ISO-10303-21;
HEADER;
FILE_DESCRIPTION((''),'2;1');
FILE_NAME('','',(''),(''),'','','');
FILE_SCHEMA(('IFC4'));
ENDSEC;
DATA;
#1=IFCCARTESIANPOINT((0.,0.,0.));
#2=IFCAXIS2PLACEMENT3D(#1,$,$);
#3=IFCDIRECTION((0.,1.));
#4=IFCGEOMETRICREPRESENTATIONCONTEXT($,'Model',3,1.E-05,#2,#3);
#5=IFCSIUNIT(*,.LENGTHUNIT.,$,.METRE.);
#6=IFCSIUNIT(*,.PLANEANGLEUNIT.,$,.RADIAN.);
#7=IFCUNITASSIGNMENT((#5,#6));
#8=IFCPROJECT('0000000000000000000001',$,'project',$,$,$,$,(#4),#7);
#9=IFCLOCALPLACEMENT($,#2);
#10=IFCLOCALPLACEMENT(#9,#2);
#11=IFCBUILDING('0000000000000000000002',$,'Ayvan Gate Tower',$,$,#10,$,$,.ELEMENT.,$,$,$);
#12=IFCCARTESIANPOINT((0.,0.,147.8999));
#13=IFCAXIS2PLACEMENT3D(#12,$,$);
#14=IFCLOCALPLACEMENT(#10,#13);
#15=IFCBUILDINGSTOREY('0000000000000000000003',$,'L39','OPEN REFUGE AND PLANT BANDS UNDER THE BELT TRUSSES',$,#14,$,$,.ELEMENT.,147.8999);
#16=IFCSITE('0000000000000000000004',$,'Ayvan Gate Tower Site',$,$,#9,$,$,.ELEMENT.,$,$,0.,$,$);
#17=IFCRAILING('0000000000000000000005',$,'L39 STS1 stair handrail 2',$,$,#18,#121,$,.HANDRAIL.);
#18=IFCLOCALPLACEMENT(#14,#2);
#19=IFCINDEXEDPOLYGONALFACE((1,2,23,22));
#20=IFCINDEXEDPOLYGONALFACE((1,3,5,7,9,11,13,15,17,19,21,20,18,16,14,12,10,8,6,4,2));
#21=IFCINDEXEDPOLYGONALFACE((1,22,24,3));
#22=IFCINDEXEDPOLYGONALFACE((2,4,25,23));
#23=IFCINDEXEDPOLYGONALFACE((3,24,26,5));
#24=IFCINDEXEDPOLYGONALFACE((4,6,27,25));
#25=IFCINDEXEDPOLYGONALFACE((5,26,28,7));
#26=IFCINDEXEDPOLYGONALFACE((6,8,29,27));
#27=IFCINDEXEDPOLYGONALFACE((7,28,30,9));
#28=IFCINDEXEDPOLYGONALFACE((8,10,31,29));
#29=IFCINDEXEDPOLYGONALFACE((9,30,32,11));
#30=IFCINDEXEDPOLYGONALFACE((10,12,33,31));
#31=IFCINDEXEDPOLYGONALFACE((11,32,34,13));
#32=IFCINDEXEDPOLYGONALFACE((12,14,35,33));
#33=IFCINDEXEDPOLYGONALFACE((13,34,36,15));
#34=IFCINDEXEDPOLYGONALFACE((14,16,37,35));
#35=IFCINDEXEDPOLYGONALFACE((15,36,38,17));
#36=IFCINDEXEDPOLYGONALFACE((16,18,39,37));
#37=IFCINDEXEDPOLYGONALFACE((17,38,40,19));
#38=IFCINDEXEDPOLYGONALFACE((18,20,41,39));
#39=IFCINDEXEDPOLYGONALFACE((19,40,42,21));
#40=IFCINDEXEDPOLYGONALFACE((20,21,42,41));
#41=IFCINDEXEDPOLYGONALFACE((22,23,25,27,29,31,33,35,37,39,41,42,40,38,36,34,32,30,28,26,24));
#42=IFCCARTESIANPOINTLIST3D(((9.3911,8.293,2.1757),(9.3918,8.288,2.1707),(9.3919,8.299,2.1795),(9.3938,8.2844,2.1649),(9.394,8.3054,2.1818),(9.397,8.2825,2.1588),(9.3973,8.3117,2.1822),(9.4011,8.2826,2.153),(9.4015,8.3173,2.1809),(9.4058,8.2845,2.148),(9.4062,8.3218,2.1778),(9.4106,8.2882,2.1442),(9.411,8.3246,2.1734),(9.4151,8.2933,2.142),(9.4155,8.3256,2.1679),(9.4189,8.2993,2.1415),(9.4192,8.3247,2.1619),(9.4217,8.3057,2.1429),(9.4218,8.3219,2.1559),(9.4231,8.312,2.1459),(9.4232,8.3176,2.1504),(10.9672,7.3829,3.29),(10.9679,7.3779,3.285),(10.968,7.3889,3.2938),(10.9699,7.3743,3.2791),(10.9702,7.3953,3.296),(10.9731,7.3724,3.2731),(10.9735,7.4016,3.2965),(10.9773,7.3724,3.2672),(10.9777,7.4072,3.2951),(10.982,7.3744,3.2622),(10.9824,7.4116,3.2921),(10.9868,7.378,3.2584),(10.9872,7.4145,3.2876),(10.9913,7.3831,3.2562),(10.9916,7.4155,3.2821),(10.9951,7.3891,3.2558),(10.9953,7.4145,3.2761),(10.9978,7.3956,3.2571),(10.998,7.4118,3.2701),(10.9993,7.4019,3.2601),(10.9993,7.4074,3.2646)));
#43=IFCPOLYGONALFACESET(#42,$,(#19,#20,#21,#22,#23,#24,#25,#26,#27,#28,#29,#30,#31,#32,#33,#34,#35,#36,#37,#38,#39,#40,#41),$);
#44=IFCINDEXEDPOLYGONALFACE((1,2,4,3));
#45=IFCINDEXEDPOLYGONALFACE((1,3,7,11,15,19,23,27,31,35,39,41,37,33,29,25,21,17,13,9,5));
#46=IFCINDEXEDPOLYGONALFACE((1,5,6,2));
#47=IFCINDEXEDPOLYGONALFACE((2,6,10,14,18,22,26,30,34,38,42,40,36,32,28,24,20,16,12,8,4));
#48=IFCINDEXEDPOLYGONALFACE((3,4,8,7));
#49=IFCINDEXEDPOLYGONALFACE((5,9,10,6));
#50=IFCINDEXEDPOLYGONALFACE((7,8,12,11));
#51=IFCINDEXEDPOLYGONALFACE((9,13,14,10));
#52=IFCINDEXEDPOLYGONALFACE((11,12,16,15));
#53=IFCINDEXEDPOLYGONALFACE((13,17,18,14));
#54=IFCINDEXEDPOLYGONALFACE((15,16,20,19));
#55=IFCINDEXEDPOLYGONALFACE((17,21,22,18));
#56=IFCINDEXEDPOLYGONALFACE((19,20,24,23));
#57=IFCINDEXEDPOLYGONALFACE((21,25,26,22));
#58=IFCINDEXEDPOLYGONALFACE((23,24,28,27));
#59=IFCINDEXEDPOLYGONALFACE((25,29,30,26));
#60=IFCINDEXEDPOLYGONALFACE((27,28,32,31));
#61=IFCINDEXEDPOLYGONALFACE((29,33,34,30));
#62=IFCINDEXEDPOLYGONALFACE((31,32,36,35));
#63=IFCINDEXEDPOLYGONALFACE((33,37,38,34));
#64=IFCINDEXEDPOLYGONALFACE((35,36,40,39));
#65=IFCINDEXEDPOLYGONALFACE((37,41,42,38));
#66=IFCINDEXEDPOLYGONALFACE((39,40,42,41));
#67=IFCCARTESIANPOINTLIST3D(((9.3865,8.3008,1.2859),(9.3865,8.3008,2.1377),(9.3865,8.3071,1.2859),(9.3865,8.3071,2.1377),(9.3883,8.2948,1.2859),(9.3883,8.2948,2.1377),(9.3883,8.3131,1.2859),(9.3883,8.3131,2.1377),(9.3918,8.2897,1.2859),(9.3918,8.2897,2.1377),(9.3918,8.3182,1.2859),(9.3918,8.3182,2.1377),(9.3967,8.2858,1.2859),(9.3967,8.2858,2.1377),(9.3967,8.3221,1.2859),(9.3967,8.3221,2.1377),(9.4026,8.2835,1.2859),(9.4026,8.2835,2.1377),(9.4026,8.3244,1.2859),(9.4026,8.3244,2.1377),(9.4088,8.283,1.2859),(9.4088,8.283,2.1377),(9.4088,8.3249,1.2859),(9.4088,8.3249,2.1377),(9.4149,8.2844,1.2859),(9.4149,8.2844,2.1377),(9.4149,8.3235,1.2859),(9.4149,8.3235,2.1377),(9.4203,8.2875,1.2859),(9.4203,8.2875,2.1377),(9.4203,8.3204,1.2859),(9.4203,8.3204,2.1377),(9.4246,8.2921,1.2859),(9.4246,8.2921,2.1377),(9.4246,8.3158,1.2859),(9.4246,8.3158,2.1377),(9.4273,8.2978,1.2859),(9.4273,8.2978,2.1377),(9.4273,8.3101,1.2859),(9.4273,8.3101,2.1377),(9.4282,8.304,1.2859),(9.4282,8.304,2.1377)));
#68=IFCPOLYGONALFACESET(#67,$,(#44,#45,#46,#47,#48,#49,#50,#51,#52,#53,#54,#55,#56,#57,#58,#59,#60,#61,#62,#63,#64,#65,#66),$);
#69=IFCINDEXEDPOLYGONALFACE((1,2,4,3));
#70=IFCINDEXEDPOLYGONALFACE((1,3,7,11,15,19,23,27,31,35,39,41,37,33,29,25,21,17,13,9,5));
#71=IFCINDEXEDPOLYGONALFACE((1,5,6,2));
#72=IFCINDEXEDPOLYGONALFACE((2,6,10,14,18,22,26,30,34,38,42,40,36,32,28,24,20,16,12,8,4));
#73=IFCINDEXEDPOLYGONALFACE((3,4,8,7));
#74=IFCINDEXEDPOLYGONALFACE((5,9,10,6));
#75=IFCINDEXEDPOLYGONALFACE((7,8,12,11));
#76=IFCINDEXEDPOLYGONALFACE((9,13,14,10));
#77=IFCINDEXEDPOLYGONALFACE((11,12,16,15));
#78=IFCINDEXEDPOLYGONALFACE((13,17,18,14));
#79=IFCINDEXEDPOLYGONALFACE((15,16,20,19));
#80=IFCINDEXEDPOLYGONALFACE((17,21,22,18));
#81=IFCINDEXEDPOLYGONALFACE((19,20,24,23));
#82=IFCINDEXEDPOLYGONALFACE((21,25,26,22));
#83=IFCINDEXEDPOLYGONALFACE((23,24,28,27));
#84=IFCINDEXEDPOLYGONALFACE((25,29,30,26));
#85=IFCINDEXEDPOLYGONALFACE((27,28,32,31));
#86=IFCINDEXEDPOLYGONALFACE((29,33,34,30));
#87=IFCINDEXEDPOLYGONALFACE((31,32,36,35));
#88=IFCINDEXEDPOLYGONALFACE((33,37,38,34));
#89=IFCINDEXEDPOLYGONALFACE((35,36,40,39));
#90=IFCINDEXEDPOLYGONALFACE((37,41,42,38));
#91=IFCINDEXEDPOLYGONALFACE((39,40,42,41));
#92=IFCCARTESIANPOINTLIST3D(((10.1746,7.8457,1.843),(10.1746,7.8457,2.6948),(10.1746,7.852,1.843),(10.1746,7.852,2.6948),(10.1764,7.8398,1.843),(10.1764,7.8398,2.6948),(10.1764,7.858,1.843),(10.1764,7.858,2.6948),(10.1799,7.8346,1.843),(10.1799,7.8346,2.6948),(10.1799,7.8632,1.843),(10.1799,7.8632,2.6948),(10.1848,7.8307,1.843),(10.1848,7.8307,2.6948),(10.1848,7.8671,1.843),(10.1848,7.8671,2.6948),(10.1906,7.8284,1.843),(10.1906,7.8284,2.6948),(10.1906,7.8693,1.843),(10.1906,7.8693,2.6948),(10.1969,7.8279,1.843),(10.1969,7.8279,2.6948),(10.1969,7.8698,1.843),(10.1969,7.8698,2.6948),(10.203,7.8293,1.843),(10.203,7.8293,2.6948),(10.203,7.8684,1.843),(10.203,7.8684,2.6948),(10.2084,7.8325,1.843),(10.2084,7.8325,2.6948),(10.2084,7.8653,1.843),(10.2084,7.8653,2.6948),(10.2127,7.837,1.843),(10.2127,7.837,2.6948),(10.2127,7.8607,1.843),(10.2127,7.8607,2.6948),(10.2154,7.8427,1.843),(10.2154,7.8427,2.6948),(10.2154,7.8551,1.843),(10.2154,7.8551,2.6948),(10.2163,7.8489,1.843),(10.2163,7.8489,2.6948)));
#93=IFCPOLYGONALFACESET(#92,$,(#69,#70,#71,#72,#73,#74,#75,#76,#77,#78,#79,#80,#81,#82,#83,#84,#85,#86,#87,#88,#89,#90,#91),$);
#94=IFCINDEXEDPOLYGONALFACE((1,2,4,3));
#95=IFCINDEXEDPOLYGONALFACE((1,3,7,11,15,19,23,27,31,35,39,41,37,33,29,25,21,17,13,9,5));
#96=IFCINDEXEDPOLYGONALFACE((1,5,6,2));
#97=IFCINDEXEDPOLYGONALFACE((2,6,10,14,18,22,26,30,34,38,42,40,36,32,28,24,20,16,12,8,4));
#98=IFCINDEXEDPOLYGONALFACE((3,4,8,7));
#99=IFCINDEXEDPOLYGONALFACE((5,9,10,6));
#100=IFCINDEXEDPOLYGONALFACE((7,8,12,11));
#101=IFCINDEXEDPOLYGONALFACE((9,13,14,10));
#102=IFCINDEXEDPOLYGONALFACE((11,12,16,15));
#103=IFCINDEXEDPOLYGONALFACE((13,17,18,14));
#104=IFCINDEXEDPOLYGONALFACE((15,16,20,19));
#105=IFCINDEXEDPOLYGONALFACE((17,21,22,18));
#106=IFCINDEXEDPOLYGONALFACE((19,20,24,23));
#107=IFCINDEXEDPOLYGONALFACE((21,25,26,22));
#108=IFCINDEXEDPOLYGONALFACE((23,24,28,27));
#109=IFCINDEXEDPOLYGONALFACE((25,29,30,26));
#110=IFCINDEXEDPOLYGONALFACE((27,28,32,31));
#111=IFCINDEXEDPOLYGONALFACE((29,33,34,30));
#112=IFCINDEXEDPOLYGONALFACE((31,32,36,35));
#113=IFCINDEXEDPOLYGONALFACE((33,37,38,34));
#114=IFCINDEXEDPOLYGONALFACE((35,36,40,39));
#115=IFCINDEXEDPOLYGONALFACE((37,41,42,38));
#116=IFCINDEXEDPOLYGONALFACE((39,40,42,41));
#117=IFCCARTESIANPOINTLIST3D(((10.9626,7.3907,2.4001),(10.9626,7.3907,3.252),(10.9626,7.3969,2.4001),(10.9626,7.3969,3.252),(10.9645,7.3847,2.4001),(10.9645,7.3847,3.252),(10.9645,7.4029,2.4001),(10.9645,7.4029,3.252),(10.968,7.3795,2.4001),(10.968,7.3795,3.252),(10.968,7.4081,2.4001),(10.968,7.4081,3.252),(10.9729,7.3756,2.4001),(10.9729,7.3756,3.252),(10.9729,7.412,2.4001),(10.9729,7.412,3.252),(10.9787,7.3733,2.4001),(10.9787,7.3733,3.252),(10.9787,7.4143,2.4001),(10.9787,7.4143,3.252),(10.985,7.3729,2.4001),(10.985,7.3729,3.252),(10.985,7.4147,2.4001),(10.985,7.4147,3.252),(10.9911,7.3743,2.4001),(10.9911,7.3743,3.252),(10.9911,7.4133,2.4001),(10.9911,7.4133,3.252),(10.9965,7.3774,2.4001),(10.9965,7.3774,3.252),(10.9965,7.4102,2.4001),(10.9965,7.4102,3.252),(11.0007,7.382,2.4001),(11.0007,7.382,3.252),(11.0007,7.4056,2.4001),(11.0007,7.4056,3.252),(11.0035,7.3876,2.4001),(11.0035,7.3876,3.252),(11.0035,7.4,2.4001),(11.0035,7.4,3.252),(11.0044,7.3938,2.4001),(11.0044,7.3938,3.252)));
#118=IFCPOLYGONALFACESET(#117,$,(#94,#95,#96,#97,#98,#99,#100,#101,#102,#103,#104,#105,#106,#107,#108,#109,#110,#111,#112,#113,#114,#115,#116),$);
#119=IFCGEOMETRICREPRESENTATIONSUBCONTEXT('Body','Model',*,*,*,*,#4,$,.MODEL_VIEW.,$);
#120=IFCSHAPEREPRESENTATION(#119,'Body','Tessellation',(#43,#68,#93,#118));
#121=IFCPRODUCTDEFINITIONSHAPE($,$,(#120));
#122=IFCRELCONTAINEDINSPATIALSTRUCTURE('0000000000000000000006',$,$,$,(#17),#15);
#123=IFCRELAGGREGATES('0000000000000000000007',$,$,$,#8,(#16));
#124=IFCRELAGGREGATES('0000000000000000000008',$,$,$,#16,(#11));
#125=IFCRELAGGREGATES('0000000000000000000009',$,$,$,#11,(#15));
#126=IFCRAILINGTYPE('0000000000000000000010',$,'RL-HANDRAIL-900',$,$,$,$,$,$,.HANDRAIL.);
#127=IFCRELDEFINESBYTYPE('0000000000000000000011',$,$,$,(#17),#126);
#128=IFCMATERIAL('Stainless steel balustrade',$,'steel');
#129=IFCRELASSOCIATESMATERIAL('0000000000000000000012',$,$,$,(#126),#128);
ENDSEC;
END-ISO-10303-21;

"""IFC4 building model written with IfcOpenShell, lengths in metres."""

from ifc_helpers import new_model, si_unit, direction, frame, origin, origin_2d, place, context, subcontext, project, spatial, circle, extrude, material, type_object, element, save


model = new_model("IFC4")

# Units and contexts
model_context = context("Model", 3, precision=1e-05, world=origin(), true_north=direction((0.0, 1.0)))
body_context = subcontext(model_context, "Body", "Model", "MODEL_VIEW")
ifc_project = project(units=[si_unit("LENGTHUNIT", "METRE"), si_unit("PLANEANGLEUNIT", "RADIAN")], contexts=[model_context])

# Site, building, storey
site_placement = place(None, origin())
site = spatial("IfcSite", under=ifc_project, at=site_placement, Name="Ayvan Gate Tower Site", CompositionType="ELEMENT", RefElevation=0.0)
building_placement = place(site_placement, origin())
building = spatial("IfcBuilding", under=site, at=building_placement, Name="Ayvan Gate Tower", CompositionType="ELEMENT")
storey_placement = place(building_placement, frame((0.0, 0.0, 147.8999)))
storey = spatial("IfcBuildingStorey", under=building, at=storey_placement, Name="L39", Description="OPEN REFUGE AND PLANT BANDS UNDER THE BELT TRUSSES", CompositionType="ELEMENT", Elevation=147.8999)

# Railing
ifc_material_1 = material(Name="Stainless steel balustrade", Category="steel")
railing_type_1 = type_object("IfcRailingType", Name="RL-HANDRAIL-900", PredefinedType="HANDRAIL", material=ifc_material_1)
railing_1_placement = place(storey_placement, frame((9.4072, 8.304, 1.2859)))
element("IfcRailing", 1, at=railing_1_placement, inside=storey, type_object=railing_type_1, Name="L39 STS1 stair handrail 2", PredefinedType="HANDRAIL", context=body_context, shape_type="SweptSolid", body=[
    extrude(circle(Radius=0.0239, at=origin_2d()), frame((0.0, 0.0, 0.876), z_axis=(0.738574, -0.426488, 0.522127), x_axis=(0.500063, 0.865989, 0.0)), (0.0, 0.0, 1.0), 2.134),
    extrude(circle(Radius=0.021, at=origin_2d()), origin(), (0.0, 0.0, 1.0), 0.8518),
    extrude(circle(Radius=0.021, at=origin_2d()), frame((0.7881, -0.4551, 0.5571)), (0.0, 0.0, 1.0), 0.8518),
    extrude(circle(Radius=0.021, at=origin_2d()), frame((1.5762, -0.9102, 1.1143)), (0.0, 0.0, 1.0), 0.8518),
])

save(model, "model.ifc")
